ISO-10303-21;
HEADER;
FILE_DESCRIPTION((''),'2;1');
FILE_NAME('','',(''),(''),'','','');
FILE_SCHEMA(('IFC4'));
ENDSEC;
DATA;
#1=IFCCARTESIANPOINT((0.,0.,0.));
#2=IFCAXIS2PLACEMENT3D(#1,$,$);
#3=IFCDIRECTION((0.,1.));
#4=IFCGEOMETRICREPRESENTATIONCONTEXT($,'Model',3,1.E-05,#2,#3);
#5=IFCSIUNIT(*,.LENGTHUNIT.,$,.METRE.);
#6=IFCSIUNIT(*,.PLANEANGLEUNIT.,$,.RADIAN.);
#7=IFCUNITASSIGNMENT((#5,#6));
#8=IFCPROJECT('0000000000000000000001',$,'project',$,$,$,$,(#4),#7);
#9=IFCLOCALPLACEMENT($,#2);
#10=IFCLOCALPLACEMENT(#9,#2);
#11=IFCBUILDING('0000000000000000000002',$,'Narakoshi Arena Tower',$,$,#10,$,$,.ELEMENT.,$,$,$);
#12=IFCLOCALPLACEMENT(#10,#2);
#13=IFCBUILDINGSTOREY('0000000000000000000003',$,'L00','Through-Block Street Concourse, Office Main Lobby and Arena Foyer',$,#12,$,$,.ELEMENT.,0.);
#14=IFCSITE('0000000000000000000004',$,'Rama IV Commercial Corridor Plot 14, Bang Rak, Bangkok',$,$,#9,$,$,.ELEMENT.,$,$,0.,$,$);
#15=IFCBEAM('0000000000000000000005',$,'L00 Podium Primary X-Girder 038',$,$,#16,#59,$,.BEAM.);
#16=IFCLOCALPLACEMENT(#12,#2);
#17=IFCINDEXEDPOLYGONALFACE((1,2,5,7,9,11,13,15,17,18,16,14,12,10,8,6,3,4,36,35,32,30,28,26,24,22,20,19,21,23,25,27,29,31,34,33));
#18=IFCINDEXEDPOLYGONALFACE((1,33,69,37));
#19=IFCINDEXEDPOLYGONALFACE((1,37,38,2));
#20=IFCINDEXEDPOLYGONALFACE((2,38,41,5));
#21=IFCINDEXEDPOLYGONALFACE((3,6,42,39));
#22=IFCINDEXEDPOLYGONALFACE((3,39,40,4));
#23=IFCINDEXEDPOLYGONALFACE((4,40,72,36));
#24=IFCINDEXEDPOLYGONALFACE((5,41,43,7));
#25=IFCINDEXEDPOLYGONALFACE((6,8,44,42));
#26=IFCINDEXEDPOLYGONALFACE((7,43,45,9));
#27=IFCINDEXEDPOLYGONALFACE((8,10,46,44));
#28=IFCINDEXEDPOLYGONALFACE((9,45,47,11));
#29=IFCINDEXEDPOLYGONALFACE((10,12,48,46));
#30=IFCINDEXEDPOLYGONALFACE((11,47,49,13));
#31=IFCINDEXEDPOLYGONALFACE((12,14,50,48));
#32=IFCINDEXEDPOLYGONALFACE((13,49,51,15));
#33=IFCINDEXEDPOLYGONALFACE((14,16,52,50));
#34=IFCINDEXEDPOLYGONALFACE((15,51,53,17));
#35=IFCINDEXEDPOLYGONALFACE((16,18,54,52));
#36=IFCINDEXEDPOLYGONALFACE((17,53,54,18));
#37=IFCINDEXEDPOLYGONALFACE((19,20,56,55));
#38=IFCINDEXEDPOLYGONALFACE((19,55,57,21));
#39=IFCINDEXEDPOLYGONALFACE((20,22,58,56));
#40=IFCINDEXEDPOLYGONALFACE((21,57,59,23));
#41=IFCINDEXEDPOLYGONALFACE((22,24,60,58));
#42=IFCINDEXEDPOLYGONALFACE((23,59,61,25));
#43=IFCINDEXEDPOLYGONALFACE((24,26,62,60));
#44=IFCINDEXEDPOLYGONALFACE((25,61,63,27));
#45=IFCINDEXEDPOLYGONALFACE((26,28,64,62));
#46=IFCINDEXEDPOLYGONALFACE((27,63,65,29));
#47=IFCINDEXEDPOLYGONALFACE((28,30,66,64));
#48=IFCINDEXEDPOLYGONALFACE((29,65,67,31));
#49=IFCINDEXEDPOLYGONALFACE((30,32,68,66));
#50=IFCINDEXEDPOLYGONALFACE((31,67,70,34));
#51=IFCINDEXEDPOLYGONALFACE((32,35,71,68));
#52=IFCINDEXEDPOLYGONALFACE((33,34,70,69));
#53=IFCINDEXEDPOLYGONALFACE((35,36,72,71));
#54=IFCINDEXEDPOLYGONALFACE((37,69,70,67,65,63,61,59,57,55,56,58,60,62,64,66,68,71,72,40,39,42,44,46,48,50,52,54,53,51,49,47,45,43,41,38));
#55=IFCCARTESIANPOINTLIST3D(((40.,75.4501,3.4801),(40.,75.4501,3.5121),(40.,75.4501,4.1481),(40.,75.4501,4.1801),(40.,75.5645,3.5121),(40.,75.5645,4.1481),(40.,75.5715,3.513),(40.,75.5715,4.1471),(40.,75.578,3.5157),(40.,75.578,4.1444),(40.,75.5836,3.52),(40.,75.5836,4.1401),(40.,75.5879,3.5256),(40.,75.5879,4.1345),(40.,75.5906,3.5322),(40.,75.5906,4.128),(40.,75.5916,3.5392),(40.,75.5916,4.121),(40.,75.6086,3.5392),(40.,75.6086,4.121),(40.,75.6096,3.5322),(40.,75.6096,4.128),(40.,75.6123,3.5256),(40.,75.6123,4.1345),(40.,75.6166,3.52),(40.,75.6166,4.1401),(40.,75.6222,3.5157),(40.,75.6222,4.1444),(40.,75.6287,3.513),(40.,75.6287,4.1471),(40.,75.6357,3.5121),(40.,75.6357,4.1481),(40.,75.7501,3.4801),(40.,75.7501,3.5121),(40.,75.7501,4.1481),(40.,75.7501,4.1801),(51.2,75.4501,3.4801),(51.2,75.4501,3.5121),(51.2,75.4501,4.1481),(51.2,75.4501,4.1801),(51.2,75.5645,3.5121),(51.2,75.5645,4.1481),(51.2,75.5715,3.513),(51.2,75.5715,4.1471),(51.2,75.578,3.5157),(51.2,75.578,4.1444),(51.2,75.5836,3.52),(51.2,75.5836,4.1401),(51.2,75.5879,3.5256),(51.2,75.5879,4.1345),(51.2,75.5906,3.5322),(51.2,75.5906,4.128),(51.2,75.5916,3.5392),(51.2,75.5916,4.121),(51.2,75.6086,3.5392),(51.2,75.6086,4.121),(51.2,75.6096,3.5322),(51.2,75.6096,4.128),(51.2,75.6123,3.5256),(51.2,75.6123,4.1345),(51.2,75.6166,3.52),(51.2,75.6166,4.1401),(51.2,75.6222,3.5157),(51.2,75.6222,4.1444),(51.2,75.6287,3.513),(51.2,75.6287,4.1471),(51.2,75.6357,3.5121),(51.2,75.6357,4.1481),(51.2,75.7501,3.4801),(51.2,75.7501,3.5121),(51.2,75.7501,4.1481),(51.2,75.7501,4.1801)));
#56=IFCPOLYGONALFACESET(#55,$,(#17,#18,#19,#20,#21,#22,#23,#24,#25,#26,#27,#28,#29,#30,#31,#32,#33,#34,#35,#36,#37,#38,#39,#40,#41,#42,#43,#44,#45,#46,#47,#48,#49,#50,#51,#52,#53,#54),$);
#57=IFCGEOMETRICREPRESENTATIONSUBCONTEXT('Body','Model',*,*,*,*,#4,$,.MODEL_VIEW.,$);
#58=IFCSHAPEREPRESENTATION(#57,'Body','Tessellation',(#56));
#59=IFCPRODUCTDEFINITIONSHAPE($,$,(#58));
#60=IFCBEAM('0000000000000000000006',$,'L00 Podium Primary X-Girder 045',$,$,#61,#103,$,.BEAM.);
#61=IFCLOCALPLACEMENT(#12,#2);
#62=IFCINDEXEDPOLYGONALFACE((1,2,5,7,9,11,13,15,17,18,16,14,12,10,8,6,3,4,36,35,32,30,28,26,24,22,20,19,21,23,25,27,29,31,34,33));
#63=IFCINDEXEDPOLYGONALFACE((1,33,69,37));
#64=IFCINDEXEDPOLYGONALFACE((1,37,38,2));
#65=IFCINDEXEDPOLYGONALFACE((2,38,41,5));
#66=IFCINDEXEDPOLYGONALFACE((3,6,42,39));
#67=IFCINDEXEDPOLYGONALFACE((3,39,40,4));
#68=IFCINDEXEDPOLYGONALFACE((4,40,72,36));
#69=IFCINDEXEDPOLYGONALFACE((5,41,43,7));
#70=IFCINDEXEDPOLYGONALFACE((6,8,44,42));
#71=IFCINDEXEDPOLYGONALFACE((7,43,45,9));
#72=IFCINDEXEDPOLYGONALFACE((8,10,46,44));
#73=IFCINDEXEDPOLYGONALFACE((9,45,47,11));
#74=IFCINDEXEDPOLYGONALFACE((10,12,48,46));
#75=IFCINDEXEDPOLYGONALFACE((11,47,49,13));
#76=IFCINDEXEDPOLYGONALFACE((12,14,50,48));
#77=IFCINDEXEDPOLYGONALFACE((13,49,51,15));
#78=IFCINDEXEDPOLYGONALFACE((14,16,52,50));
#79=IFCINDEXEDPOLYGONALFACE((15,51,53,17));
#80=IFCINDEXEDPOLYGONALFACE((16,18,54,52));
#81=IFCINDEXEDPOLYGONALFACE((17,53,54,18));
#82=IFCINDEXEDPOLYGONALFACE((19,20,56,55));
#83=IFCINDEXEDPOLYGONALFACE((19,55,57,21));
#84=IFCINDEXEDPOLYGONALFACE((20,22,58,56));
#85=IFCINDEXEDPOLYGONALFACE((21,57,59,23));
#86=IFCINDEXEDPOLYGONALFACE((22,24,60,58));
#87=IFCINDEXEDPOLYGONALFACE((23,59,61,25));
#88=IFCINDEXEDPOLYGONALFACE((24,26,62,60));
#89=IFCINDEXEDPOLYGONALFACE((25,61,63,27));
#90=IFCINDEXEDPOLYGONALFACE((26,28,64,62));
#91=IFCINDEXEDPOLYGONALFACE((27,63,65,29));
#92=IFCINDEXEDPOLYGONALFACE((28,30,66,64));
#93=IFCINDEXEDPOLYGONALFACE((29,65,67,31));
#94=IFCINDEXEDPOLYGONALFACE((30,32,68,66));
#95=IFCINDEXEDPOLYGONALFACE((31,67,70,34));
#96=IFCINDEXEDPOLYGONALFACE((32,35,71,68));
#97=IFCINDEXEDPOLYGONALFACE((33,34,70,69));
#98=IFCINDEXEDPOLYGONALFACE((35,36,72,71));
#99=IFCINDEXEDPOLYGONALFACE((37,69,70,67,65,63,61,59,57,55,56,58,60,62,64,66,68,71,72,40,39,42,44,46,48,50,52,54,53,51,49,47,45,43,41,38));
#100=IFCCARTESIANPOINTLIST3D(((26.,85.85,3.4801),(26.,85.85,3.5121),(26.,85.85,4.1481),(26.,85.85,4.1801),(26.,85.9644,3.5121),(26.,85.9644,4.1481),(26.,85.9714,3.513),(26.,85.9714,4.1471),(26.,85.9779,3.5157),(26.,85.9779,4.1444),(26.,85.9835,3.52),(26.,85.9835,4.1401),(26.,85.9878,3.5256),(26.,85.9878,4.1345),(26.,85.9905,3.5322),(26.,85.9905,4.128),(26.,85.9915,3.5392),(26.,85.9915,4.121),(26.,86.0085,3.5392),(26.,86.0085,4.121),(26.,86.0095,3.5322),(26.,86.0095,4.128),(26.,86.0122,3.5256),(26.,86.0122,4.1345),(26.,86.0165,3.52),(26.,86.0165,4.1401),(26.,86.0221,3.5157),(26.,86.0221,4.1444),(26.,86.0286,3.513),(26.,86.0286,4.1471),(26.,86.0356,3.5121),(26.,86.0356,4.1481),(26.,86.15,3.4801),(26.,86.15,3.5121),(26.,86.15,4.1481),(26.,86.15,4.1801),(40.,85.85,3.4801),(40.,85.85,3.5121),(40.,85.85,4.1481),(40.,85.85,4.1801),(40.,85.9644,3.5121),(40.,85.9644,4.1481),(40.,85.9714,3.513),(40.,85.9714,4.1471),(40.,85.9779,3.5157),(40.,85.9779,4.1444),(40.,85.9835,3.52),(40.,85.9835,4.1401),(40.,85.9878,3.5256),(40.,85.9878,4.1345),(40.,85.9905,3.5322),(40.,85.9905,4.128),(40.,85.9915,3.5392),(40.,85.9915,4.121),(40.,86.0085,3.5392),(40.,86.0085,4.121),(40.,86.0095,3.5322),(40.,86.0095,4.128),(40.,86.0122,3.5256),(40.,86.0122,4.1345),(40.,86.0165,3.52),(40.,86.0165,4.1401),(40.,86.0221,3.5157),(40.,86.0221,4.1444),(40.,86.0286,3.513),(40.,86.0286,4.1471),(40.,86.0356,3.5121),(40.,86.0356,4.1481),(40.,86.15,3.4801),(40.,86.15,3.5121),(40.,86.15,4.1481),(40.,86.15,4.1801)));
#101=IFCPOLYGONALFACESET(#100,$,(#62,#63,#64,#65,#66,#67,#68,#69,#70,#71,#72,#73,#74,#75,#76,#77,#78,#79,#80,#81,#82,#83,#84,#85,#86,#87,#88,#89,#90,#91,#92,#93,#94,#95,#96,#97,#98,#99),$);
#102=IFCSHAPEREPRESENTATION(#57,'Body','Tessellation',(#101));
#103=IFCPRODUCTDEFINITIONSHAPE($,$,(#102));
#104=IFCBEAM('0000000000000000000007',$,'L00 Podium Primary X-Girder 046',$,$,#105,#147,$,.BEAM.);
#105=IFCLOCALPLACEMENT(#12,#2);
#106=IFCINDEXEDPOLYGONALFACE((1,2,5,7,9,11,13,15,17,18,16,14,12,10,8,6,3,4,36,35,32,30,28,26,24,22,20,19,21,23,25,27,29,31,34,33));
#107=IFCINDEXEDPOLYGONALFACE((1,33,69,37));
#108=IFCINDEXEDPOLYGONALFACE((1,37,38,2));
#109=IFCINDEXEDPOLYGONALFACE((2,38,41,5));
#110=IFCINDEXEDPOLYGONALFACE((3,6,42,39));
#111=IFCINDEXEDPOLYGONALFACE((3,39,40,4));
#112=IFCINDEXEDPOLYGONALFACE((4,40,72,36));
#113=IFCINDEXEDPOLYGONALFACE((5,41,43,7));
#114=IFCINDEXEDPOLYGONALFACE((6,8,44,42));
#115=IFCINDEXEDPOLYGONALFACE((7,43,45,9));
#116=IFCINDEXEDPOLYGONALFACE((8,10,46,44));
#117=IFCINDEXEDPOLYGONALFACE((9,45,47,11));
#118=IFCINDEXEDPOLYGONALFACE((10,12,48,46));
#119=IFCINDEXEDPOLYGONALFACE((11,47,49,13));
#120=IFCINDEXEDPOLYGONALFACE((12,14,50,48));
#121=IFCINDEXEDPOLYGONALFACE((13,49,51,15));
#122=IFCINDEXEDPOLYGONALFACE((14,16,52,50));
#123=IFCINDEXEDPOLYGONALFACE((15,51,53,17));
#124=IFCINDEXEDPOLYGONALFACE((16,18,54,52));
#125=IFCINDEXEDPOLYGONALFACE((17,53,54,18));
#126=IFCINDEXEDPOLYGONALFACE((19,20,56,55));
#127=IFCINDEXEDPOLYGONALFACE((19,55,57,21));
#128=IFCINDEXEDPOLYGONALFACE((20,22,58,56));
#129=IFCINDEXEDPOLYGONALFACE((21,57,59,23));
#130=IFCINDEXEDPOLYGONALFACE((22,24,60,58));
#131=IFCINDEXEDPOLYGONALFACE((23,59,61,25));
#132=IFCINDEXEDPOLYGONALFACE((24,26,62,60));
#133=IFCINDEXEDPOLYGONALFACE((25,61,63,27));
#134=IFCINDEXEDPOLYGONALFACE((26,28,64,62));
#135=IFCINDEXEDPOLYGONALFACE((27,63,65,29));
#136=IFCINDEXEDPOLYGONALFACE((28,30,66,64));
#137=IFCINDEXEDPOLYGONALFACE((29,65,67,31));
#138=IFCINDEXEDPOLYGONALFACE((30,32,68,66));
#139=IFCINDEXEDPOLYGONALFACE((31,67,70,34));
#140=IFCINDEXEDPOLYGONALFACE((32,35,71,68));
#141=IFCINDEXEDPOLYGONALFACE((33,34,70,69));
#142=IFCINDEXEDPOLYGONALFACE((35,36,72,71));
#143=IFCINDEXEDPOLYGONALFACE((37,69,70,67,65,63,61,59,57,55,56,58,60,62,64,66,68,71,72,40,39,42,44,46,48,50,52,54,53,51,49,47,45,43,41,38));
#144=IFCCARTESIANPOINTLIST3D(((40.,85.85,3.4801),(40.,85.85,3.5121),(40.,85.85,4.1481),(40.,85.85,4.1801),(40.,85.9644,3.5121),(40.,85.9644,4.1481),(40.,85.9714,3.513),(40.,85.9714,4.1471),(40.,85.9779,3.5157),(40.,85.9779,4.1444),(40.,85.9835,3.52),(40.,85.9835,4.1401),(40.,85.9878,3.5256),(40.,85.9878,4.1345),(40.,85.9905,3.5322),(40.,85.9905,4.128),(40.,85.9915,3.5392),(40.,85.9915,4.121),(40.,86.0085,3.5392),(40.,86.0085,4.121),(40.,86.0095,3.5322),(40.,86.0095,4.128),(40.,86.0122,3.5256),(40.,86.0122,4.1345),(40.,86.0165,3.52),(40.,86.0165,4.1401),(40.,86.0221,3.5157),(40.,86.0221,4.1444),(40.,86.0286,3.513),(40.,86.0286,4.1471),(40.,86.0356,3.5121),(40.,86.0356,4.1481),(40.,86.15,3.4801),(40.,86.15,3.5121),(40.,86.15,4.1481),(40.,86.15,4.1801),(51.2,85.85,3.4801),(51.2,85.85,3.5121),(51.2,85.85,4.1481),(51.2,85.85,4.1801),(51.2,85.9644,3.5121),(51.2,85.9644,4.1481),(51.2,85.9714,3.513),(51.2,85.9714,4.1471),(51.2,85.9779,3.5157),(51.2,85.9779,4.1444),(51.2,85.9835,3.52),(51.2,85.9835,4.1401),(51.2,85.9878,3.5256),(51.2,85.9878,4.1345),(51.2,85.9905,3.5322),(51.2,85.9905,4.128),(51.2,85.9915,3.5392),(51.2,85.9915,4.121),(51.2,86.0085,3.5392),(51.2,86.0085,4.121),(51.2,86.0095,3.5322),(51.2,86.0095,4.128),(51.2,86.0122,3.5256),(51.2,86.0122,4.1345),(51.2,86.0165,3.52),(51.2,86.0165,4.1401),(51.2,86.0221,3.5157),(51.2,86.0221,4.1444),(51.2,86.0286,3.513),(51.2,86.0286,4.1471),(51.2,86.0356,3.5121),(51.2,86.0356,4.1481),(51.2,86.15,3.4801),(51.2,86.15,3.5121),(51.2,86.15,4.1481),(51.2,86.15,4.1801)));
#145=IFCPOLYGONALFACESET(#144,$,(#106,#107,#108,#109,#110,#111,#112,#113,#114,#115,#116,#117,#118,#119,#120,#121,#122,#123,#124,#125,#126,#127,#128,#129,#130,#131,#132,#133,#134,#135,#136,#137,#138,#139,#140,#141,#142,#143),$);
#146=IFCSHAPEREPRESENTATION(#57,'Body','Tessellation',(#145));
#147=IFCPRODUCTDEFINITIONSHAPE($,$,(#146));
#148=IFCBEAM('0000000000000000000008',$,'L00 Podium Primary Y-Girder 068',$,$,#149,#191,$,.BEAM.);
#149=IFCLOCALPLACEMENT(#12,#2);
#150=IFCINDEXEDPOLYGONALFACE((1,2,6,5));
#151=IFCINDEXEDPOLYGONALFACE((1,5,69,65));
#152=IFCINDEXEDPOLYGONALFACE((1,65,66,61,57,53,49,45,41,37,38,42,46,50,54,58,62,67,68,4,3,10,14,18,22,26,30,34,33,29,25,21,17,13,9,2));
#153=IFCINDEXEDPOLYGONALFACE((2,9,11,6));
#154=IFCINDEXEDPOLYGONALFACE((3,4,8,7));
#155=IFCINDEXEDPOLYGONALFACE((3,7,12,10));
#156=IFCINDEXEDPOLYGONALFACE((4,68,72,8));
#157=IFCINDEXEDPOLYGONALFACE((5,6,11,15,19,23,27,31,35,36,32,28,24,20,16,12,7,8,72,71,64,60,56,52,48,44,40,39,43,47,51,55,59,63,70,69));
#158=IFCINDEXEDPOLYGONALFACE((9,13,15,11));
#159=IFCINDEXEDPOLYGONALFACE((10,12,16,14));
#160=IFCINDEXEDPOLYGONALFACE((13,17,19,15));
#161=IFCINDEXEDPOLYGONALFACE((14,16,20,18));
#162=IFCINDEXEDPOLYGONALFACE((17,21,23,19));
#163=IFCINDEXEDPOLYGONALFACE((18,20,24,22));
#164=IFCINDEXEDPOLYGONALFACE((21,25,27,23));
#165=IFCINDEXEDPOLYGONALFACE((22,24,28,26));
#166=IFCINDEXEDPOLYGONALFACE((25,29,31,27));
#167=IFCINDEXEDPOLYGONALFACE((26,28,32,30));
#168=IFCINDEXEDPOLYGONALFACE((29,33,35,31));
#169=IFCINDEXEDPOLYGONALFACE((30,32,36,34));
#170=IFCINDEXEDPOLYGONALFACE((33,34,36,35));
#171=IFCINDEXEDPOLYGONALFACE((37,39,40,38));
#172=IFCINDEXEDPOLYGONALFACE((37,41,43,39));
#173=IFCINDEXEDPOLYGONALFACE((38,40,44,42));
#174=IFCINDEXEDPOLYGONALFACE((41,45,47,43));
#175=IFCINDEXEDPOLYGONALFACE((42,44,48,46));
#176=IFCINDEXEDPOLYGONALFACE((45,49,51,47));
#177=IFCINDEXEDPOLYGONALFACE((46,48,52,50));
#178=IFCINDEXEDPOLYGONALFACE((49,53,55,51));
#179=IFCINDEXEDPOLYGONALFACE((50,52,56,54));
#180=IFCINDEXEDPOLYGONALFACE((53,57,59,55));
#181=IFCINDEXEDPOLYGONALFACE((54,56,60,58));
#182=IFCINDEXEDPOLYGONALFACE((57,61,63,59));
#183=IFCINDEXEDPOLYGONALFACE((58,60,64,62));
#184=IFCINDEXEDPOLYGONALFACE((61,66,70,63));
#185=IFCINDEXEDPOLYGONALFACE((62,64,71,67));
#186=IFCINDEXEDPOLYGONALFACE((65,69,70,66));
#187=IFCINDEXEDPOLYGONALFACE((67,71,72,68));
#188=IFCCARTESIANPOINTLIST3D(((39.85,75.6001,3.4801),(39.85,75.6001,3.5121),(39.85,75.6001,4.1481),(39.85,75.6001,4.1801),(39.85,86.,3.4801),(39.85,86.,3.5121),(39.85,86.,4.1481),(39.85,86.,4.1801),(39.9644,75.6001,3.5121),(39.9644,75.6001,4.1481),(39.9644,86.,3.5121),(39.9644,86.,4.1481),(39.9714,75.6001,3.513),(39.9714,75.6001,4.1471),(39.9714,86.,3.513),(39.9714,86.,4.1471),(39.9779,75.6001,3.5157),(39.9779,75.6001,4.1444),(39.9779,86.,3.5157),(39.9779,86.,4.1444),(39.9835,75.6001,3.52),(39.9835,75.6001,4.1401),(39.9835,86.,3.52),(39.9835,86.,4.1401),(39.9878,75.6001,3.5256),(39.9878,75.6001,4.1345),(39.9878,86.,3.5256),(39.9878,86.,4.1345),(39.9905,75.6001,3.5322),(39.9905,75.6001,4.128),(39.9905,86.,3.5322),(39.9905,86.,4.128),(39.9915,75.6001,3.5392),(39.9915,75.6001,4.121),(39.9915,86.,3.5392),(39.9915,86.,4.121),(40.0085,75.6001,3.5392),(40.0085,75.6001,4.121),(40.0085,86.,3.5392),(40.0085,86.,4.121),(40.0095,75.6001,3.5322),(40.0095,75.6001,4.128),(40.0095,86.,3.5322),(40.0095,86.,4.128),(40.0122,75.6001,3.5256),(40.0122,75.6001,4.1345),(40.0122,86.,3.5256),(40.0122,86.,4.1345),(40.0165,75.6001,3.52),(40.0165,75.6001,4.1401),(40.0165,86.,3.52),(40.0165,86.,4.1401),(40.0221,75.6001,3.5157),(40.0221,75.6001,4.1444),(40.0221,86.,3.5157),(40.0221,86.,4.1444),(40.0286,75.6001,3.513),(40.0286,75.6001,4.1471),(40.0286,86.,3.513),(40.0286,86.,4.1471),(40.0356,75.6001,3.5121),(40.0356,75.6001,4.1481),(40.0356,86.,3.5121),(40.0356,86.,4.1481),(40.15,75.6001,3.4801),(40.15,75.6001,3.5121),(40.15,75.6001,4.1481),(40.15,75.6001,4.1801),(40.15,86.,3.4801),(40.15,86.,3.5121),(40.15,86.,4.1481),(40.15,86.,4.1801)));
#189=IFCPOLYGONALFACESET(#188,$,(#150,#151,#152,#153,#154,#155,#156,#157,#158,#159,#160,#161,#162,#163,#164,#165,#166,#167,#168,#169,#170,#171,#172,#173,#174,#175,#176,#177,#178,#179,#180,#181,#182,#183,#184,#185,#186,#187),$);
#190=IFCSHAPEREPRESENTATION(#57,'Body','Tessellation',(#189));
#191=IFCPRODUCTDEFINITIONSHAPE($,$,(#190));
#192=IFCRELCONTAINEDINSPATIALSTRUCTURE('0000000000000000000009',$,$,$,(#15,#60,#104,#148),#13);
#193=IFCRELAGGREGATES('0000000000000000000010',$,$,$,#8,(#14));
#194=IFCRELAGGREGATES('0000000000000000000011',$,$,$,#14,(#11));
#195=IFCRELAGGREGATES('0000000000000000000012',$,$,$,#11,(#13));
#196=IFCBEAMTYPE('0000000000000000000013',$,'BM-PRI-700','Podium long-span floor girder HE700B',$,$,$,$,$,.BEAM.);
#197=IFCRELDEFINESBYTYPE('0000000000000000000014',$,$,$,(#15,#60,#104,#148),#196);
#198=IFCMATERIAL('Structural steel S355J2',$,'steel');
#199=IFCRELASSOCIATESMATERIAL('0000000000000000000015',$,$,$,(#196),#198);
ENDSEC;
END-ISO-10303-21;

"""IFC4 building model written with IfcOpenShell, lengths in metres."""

from ifc_helpers import new_model, si_unit, direction, frame, origin, origin_2d, place, context, subcontext, project, spatial, i_section, extrude, material, material_profile, profile_set, type_object, element, save


model = new_model("IFC4")

# Units and contexts
model_context = context("Model", 3, precision=1e-05, world=origin(), true_north=direction((0.0, 1.0)))
body_context = subcontext(model_context, "Body", "Model", "MODEL_VIEW")
ifc_project = project(units=[si_unit("LENGTHUNIT", "METRE"), si_unit("PLANEANGLEUNIT", "RADIAN")], contexts=[model_context])

# Site, building, storey
site_placement = place(None, origin())
site = spatial("IfcSite", under=ifc_project, at=site_placement, Name="Rama IV Commercial Corridor Plot 14, Bang Rak, Bangkok", CompositionType="ELEMENT", RefElevation=0.0)
building_placement = place(site_placement, origin())
building = spatial("IfcBuilding", under=site, at=building_placement, Name="Narakoshi Arena Tower", CompositionType="ELEMENT")
storey_placement = place(building_placement, origin())
storey = spatial("IfcBuildingStorey", under=building, at=storey_placement, Name="L00", Description="Through-Block Street Concourse, Office Main Lobby and Arena Foyer", CompositionType="ELEMENT", Elevation=0.0)

# Beams
ifc_material_1 = material(Name="Structural steel S355J2", Category="steel")
ifc_material_profile_1 = material_profile(ifc_material_1, i_section(OverallWidth=0.3, OverallDepth=0.7, WebThickness=0.0171, FlangeThickness=0.032, FilletRadius=0.0271, at=origin_2d()), Name="HE700B")
ifc_profile_set_1 = profile_set([ifc_material_profile_1], Name="Structural steel S355J2")
beam_type_1 = type_object("IfcBeamType", Name="BM-PRI-700", Description="Podium long-span floor girder HE700B", PredefinedType="BEAM", material=ifc_profile_set_1)
beam_1_placement = place(storey_placement, frame((40.0, 75.6001, 3.8301), z_axis=(1.0, 0.0, 0.0), x_axis=(0.0, 1.0, 0.0)))
element("IfcBeam", 1, at=beam_1_placement, inside=storey, type_object=beam_type_1, Name="L00 Podium Primary X-Girder 038", PredefinedType="BEAM", context=body_context, shape_type="SweptSolid", body=[
    extrude(i_section(OverallWidth=0.3, OverallDepth=0.7, WebThickness=0.0171, FlangeThickness=0.032, FilletRadius=0.0271, at=origin_2d()), origin(), (0.0, 0.0, 1.0), 11.2),
])
beam_2_placement = place(storey_placement, frame((26.0, 86.0, 3.8301), z_axis=(1.0, 0.0, 0.0), x_axis=(0.0, 1.0, 0.0)))
element("IfcBeam", 2, at=beam_2_placement, inside=storey, type_object=beam_type_1, Name="L00 Podium Primary X-Girder 045", PredefinedType="BEAM", context=body_context, shape_type="SweptSolid", body=[
    extrude(i_section(OverallWidth=0.3, OverallDepth=0.7, WebThickness=0.0171, FlangeThickness=0.032, FilletRadius=0.0271, at=origin_2d()), origin(), (0.0, 0.0, 1.0), 14.0),
])
beam_3_placement = place(storey_placement, frame((40.0, 86.0, 3.8301), z_axis=(1.0, 0.0, 0.0), x_axis=(0.0, 1.0, 0.0)))
element("IfcBeam", 3, at=beam_3_placement, inside=storey, type_object=beam_type_1, Name="L00 Podium Primary X-Girder 046", PredefinedType="BEAM", context=body_context, shape_type="SweptSolid", body=[
    extrude(i_section(OverallWidth=0.3, OverallDepth=0.7, WebThickness=0.0171, FlangeThickness=0.032, FilletRadius=0.0271, at=origin_2d()), origin(), (0.0, 0.0, 1.0), 11.2),
])
for number, where, z_axis, x_axis, name in (
    (4, (40.0, 75.6001, 3.8301), (0.0, 1.0, 0.0), (-1.0, 0.0, 0.0), "L00 Podium Primary Y-Girder 068"),
):
    element("IfcBeam", number, at=place(storey_placement, frame(where, z_axis=z_axis, x_axis=x_axis)), inside=storey, type_object=beam_type_1, Name=name, PredefinedType="BEAM", context=body_context, shape_type="SweptSolid", body=[
        extrude(i_section(OverallWidth=0.3, OverallDepth=0.7, WebThickness=0.0171, FlangeThickness=0.032, FilletRadius=0.0271, at=origin_2d()), origin(), (0.0, 0.0, 1.0), 10.3999),
    ])

save(model, "model.ifc")
